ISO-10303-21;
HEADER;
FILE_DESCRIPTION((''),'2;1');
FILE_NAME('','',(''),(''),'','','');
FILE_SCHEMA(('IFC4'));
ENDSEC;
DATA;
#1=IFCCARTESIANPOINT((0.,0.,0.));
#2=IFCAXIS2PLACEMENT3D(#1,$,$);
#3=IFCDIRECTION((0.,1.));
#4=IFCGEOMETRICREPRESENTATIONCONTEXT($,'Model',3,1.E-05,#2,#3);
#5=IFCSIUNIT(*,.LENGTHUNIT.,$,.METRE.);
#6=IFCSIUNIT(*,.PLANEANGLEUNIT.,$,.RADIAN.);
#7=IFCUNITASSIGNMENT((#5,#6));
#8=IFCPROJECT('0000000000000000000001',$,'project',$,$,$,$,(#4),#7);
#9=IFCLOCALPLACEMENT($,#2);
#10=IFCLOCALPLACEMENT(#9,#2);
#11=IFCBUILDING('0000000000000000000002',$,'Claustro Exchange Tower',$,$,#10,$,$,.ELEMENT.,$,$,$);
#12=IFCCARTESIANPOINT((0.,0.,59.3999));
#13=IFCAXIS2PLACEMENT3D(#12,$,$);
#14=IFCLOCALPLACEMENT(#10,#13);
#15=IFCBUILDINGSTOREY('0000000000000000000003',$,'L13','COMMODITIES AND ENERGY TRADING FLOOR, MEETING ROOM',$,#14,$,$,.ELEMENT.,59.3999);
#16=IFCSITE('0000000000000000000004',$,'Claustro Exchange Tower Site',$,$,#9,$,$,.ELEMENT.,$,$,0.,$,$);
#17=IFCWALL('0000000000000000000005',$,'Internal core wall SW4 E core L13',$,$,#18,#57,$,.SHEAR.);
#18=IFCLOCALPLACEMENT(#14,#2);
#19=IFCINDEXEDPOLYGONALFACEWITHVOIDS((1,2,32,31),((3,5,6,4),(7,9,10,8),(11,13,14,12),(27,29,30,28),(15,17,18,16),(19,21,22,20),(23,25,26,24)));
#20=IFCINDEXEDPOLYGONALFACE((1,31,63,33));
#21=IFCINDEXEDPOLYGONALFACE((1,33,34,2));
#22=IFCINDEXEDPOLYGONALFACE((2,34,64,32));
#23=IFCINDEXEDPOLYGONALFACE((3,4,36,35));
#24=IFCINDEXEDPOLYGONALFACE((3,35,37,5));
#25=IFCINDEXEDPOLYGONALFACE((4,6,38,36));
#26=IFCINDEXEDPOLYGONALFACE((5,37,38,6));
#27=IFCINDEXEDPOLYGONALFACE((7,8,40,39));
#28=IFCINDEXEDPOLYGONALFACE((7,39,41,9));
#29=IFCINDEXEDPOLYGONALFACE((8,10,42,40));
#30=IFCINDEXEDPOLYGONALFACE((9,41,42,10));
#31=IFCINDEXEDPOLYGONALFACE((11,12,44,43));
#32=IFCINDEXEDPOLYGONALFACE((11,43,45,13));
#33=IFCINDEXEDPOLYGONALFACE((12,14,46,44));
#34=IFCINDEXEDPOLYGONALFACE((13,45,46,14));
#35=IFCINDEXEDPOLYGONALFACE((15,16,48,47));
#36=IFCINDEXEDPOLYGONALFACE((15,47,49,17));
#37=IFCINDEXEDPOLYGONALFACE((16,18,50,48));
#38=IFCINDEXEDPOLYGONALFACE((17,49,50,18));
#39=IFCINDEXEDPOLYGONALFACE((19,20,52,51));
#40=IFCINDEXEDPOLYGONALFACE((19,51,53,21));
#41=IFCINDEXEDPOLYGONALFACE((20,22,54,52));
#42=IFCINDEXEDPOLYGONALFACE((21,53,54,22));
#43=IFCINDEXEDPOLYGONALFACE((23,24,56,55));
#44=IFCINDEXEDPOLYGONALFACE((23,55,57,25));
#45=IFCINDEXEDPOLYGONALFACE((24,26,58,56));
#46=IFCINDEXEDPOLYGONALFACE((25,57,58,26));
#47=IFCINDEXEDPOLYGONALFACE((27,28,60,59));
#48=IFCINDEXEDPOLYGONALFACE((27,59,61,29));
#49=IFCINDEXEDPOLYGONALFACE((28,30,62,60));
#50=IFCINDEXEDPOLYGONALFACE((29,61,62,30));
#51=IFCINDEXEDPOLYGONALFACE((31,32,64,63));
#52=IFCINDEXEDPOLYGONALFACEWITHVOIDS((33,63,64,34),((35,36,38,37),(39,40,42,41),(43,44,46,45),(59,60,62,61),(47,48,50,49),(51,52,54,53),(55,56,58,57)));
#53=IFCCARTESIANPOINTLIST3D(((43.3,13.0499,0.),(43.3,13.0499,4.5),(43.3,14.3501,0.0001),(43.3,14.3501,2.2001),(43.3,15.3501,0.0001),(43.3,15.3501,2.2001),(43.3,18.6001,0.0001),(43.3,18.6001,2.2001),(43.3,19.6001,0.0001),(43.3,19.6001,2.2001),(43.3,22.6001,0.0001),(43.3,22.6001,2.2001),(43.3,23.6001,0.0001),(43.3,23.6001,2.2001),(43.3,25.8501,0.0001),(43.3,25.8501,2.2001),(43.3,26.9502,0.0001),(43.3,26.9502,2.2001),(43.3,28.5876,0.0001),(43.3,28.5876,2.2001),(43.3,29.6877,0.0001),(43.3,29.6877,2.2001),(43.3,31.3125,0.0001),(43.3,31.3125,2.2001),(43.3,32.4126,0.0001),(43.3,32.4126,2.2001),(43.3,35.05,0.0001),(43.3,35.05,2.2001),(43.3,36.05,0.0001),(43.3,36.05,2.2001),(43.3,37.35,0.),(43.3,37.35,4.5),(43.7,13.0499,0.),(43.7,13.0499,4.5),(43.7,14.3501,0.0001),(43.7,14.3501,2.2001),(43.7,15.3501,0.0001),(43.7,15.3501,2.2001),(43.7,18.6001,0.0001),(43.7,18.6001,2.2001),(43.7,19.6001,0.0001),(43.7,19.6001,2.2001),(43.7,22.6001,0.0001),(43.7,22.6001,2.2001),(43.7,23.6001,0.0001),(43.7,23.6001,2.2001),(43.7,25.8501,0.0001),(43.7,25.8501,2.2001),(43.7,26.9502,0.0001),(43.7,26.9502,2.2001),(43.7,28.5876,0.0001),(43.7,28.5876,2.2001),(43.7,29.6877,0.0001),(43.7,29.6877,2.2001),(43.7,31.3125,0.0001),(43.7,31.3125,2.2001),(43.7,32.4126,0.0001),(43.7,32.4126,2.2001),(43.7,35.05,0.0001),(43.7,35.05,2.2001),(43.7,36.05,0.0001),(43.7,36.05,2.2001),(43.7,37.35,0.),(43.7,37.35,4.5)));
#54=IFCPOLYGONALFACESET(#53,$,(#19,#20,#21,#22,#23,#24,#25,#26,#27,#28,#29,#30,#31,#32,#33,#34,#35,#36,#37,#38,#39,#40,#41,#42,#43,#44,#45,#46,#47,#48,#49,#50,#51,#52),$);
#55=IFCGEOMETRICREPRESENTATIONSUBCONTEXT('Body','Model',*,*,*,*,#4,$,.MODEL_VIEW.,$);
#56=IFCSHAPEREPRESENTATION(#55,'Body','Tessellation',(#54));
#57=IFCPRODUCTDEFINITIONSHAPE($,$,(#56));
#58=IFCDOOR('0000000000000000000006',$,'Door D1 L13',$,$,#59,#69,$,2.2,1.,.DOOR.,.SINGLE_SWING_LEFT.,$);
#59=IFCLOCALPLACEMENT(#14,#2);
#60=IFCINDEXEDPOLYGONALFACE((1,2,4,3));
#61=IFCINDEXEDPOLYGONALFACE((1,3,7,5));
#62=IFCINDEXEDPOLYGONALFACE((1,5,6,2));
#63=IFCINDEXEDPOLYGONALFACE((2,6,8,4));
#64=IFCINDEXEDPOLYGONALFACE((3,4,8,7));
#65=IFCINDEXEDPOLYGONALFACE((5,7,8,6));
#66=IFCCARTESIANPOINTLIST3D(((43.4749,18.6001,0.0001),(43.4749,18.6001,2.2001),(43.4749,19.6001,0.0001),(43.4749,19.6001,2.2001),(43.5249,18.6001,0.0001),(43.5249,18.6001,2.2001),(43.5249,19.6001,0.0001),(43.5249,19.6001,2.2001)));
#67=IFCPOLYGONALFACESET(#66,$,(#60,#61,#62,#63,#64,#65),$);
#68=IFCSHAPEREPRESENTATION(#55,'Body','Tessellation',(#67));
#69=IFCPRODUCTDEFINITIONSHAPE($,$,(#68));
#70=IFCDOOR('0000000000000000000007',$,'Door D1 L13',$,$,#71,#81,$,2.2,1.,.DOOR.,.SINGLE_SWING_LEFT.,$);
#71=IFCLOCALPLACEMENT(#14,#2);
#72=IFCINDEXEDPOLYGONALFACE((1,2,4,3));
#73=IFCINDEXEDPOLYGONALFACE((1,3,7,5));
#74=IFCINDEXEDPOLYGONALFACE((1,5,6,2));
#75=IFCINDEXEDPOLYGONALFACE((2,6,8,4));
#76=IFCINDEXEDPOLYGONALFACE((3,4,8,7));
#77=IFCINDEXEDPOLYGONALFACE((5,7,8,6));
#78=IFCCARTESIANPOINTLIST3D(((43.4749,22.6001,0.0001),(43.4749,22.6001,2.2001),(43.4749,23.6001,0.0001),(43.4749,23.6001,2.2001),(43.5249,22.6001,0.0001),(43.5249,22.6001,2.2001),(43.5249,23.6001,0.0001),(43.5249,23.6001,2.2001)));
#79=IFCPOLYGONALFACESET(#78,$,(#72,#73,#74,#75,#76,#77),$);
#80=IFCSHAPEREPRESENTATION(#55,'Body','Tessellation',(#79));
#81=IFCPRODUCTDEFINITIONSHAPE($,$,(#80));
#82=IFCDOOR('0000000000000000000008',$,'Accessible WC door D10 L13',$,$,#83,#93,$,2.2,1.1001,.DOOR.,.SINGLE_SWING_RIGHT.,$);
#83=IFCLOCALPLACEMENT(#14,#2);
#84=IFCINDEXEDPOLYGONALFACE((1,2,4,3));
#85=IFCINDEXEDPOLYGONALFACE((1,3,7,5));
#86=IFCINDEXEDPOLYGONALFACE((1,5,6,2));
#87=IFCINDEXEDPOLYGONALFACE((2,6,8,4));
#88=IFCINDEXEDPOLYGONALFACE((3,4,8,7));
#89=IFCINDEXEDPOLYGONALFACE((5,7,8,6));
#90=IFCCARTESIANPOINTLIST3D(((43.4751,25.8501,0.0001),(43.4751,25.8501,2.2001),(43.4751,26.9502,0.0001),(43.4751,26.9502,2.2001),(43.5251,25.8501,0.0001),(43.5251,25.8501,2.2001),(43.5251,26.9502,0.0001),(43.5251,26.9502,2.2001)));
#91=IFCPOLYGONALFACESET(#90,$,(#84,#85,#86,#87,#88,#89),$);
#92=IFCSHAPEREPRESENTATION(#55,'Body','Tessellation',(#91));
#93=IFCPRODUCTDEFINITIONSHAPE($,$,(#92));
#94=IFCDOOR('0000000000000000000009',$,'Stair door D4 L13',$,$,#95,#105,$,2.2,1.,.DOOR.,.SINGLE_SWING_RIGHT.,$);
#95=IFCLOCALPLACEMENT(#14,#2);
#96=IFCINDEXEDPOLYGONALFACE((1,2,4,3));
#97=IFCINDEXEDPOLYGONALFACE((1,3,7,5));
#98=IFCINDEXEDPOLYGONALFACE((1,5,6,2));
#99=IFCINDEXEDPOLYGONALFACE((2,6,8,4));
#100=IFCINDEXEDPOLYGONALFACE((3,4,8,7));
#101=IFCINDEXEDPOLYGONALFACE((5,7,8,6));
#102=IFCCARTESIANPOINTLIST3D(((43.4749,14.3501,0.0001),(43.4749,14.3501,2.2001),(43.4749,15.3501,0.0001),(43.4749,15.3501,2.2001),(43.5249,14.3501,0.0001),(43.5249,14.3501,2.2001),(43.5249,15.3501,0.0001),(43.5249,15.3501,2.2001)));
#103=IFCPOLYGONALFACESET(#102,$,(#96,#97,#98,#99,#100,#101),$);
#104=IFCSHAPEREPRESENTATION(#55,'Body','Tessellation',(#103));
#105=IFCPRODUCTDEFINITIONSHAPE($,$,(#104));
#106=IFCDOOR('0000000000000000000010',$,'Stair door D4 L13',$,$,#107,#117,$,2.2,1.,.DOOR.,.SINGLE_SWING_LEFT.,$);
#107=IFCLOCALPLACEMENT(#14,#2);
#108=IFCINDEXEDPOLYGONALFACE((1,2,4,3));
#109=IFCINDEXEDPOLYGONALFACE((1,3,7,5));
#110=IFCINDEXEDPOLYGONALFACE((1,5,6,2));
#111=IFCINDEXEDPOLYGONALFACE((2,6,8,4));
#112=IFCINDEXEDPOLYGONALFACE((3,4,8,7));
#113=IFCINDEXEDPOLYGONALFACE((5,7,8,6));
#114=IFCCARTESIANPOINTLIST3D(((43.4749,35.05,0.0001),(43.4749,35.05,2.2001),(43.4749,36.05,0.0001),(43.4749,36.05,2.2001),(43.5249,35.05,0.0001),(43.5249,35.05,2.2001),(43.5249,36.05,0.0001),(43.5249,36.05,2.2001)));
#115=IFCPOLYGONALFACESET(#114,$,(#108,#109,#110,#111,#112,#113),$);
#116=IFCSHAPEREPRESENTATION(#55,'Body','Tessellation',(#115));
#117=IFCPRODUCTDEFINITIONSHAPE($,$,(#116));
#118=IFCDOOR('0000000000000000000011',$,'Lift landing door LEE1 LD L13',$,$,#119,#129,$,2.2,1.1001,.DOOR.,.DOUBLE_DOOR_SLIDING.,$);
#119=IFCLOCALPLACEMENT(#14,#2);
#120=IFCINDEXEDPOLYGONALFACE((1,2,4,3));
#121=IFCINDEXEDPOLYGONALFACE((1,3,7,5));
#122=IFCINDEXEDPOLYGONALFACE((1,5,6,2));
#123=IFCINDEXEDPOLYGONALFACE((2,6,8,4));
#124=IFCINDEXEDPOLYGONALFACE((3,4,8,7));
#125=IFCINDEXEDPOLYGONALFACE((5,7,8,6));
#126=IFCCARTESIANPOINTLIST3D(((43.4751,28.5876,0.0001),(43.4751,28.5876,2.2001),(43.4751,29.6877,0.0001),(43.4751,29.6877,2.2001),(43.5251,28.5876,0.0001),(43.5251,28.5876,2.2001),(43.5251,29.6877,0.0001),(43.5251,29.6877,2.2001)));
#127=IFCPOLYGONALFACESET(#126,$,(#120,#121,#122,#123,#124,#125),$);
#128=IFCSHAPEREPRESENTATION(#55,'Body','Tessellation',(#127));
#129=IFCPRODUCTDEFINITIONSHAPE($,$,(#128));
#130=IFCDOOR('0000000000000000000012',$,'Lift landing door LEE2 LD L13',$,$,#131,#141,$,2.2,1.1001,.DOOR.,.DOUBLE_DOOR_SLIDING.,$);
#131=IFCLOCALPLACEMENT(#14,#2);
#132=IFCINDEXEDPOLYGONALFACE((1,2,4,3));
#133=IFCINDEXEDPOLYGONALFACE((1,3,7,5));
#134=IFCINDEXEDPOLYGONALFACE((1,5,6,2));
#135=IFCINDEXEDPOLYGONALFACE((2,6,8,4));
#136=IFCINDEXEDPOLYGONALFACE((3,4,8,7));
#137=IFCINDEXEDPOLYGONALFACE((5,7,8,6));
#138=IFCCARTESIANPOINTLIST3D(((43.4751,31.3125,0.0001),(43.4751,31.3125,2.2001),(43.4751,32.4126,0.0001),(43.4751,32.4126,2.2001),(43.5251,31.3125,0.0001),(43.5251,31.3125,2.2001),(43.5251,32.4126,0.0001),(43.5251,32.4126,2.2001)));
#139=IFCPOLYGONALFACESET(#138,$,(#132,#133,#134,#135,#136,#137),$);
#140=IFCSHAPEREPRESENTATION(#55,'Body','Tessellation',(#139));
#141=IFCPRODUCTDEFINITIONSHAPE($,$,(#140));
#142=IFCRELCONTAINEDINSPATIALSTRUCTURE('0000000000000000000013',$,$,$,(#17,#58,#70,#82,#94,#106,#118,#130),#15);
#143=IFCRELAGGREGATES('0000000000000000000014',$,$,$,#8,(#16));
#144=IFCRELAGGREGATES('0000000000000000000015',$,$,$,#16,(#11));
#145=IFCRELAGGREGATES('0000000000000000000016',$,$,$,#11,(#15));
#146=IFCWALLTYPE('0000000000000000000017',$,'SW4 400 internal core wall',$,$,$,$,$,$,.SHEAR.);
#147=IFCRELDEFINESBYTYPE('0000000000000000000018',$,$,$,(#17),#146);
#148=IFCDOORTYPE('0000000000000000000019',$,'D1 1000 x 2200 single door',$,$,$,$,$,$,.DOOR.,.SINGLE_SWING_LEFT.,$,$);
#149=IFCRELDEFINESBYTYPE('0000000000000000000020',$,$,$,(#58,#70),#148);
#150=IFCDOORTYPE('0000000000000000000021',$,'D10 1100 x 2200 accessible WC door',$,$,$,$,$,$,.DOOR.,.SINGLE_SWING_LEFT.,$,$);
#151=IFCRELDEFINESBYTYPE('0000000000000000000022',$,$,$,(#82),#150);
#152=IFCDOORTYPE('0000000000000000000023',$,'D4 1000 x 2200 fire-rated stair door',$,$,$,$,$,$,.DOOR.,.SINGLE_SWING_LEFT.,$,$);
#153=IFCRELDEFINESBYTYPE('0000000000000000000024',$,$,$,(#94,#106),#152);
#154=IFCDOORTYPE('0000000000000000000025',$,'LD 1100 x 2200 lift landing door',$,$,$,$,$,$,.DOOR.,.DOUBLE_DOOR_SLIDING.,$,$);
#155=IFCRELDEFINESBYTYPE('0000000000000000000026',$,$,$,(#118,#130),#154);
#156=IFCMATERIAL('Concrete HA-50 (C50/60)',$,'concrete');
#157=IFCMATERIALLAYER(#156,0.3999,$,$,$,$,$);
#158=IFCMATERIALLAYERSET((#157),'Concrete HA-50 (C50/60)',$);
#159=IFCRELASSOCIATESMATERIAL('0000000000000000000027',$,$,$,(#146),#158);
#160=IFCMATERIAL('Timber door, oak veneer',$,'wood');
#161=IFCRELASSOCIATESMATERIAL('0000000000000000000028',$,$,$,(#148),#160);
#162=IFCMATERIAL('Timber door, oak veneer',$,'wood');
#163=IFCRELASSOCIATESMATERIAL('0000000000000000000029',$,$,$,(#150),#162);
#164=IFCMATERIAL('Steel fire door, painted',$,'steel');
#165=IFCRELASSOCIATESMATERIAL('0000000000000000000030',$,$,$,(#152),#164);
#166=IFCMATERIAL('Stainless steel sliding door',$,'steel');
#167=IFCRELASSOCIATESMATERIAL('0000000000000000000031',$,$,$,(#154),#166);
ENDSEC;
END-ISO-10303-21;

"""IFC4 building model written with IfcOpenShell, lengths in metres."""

from ifc_helpers import new_model, si_unit, direction, frame, frame_2d, origin, place, context, subcontext, project, spatial, rectangle, extrude, material, layer, layer_set, type_object, element, fill, save


model = new_model("IFC4")

# Units and contexts
model_context = context("Model", 3, precision=1e-05, world=origin(), true_north=direction((0.0, 1.0)))
body_context = subcontext(model_context, "Body", "Model", "MODEL_VIEW")
ifc_project = project(units=[si_unit("LENGTHUNIT", "METRE"), si_unit("PLANEANGLEUNIT", "RADIAN")], contexts=[model_context])

# Site, building, storey
site_placement = place(None, origin())
site = spatial("IfcSite", under=ifc_project, at=site_placement, Name="Claustro Exchange Tower Site", CompositionType="ELEMENT", RefElevation=0.0)
building_placement = place(site_placement, origin())
building = spatial("IfcBuilding", under=site, at=building_placement, Name="Claustro Exchange Tower", CompositionType="ELEMENT")
storey_placement = place(building_placement, frame((0.0, 0.0, 59.3999)))
storey = spatial("IfcBuildingStorey", under=building, at=storey_placement, Name="L13", Description="COMMODITIES AND ENERGY TRADING FLOOR, MEETING ROOM", CompositionType="ELEMENT", Elevation=59.3999)

# Wall, openings, doors
ifc_material_1 = material(Name="Concrete HA-50 (C50/60)", Category="concrete")
ifc_layer_1 = layer(ifc_material_1, 0.3999)
ifc_layer_set_1 = layer_set([ifc_layer_1], Name="Concrete HA-50 (C50/60)")
wall_type_1 = type_object("IfcWallType", Name="SW4 400 internal core wall", PredefinedType="SHEAR", material=ifc_layer_set_1)
wall_1_placement = place(storey_placement, frame((43.5, 13.05, 0.0), z_axis=(0.0, 0.0, 1.0), x_axis=(0.0, 1.0, 0.0)))
wall_1 = element("IfcWall", 1, at=wall_1_placement, inside=storey, type_object=wall_type_1, Name="Internal core wall SW4 E core L13", PredefinedType="SHEAR", context=body_context, shape_type="SweptSolid", body=[
    extrude(rectangle(XDim=24.3, YDim=0.3999, at=frame_2d((12.1499, 0.0))), origin(), (0.0, 0.0, 1.0), 4.5),
])
opening_1_placement = place(wall_1_placement, frame((1.3, 0.0, 0.0)))
opening_1 = element("IfcOpeningElement", 2, at=opening_1_placement, cuts=wall_1, PredefinedType="OPENING", context=body_context, shape_type="SweptSolid", body=[
    extrude(rectangle(XDim=1.0, YDim=2.2, at=frame_2d((0.5, 1.1001))), frame((0.0, 0.21, 0.0), z_axis=(0.0, -1.0, 0.0), x_axis=(1.0, 0.0, 0.0)), (0.0, 0.0, 1.0), 0.4199),
])
opening_2_placement = place(wall_1_placement, frame((22.0, 0.0, 0.0)))
opening_2 = element("IfcOpeningElement", 3, at=opening_2_placement, cuts=wall_1, PredefinedType="OPENING", context=body_context, shape_type="SweptSolid", body=[
    extrude(rectangle(XDim=1.0, YDim=2.2, at=frame_2d((0.5, 1.1001))), frame((0.0, 0.21, 0.0), z_axis=(0.0, -1.0, 0.0), x_axis=(1.0, 0.0, 0.0)), (0.0, 0.0, 1.0), 0.4199),
])
opening_3_placement = place(wall_1_placement, frame((5.55, 0.0, 0.0)))
opening_3 = element("IfcOpeningElement", 4, at=opening_3_placement, cuts=wall_1, PredefinedType="OPENING", context=body_context, shape_type="SweptSolid", body=[
    extrude(rectangle(XDim=1.0, YDim=2.2, at=frame_2d((0.5, 1.1001))), frame((0.0, 0.21, 0.0), z_axis=(0.0, -1.0, 0.0), x_axis=(1.0, 0.0, 0.0)), (0.0, 0.0, 1.0), 0.4199),
])
opening_4_placement = place(wall_1_placement, frame((9.55, 0.0, 0.0)))
opening_4 = element("IfcOpeningElement", 5, at=opening_4_placement, cuts=wall_1, PredefinedType="OPENING", context=body_context, shape_type="SweptSolid", body=[
    extrude(rectangle(XDim=1.0, YDim=2.2, at=frame_2d((0.5, 1.1001))), frame((0.0, 0.21, 0.0), z_axis=(0.0, -1.0, 0.0), x_axis=(1.0, 0.0, 0.0)), (0.0, 0.0, 1.0), 0.4199),
])
opening_5_placement = place(wall_1_placement, frame((12.8, 0.0, 0.0)))
opening_5 = element("IfcOpeningElement", 6, at=opening_5_placement, cuts=wall_1, PredefinedType="OPENING", context=body_context, shape_type="SweptSolid", body=[
    extrude(rectangle(XDim=1.1001, YDim=2.2, at=frame_2d((0.55, 1.1001))), frame((0.0, 0.21, 0.0), z_axis=(0.0, -1.0, 0.0), x_axis=(1.0, 0.0, 0.0)), (0.0, 0.0, 1.0), 0.4199),
])
opening_6_placement = place(wall_1_placement, frame((15.5376, 0.0, 0.0)))
opening_6 = element("IfcOpeningElement", 7, at=opening_6_placement, cuts=wall_1, PredefinedType="OPENING", context=body_context, shape_type="SweptSolid", body=[
    extrude(rectangle(XDim=1.1001, YDim=2.2, at=frame_2d((0.55, 1.1001))), frame((0.0, 0.21, 0.0), z_axis=(0.0, -1.0, 0.0), x_axis=(1.0, 0.0, 0.0)), (0.0, 0.0, 1.0), 0.4199),
])
opening_7_placement = place(wall_1_placement, frame((18.2625, 0.0, 0.0)))
opening_7 = element("IfcOpeningElement", 8, at=opening_7_placement, cuts=wall_1, PredefinedType="OPENING", context=body_context, shape_type="SweptSolid", body=[
    extrude(rectangle(XDim=1.1001, YDim=2.2, at=frame_2d((0.55, 1.1001))), frame((0.0, 0.21, 0.0), z_axis=(0.0, -1.0, 0.0), x_axis=(1.0, 0.0, 0.0)), (0.0, 0.0, 1.0), 0.4199),
])
ifc_material_2 = material(Name="Timber door, oak veneer", Category="wood")
door_type_1 = type_object("IfcDoorType", Name="D1 1000 x 2200 single door", OperationType="SINGLE_SWING_LEFT", PredefinedType="DOOR", material=ifc_material_2)
door_1_placement = place(opening_3_placement, frame((1.0, 0.0, 0.0), z_axis=(0.0, 0.0, 1.0), x_axis=(-1.0, 0.0, 0.0)))
door_1 = element("IfcDoor", 9, at=door_1_placement, inside=storey, type_object=door_type_1, Name="Door D1 L13", OperationType="SINGLE_SWING_LEFT", OverallHeight=2.2, OverallWidth=1.0, PredefinedType="DOOR", context=body_context, shape_type="SweptSolid", body=[
    extrude(rectangle(XDim=1.0, YDim=2.2, at=frame_2d((0.5, 1.1001))), frame((0.0, 0.0249, 0.0), z_axis=(0.0, -1.0, 0.0), x_axis=(1.0, 0.0, 0.0)), (0.0, 0.0, 1.0), 0.05),
])
fill(opening_3, door_1)
door_2_placement = place(opening_4_placement, frame((1.0, 0.0, 0.0), z_axis=(0.0, 0.0, 1.0), x_axis=(-1.0, 0.0, 0.0)))
door_2 = element("IfcDoor", 10, at=door_2_placement, inside=storey, type_object=door_type_1, Name="Door D1 L13", OperationType="SINGLE_SWING_LEFT", OverallHeight=2.2, OverallWidth=1.0, PredefinedType="DOOR", context=body_context, shape_type="SweptSolid", body=[
    extrude(rectangle(XDim=1.0, YDim=2.2, at=frame_2d((0.5, 1.1001))), frame((0.0, 0.0249, 0.0), z_axis=(0.0, -1.0, 0.0), x_axis=(1.0, 0.0, 0.0)), (0.0, 0.0, 1.0), 0.05),
])
fill(opening_4, door_2)
ifc_material_3 = material(Name="Timber door, oak veneer", Category="wood")
door_type_2 = type_object("IfcDoorType", Name="D10 1100 x 2200 accessible WC door", OperationType="SINGLE_SWING_LEFT", PredefinedType="DOOR", material=ifc_material_3)
door_3_placement = place(opening_5_placement, origin())
door_3 = element("IfcDoor", 11, at=door_3_placement, inside=storey, type_object=door_type_2, Name="Accessible WC door D10 L13", OperationType="SINGLE_SWING_RIGHT", OverallHeight=2.2, OverallWidth=1.1001, PredefinedType="DOOR", context=body_context, shape_type="SweptSolid", body=[
    extrude(rectangle(XDim=1.1001, YDim=2.2, at=frame_2d((0.55, 1.1001))), frame((0.0, 0.0249, 0.0), z_axis=(0.0, -1.0, 0.0), x_axis=(1.0, 0.0, 0.0)), (0.0, 0.0, 1.0), 0.05),
])
fill(opening_5, door_3)
ifc_material_4 = material(Name="Steel fire door, painted", Category="steel")
door_type_3 = type_object("IfcDoorType", Name="D4 1000 x 2200 fire-rated stair door", OperationType="SINGLE_SWING_LEFT", PredefinedType="DOOR", material=ifc_material_4)
door_4_placement = place(opening_1_placement, frame((1.0, 0.0, 0.0), z_axis=(0.0, 0.0, 1.0), x_axis=(-1.0, 0.0, 0.0)))
door_4 = element("IfcDoor", 12, at=door_4_placement, inside=storey, type_object=door_type_3, Name="Stair door D4 L13", OperationType="SINGLE_SWING_RIGHT", OverallHeight=2.2, OverallWidth=1.0, PredefinedType="DOOR", context=body_context, shape_type="SweptSolid", body=[
    extrude(rectangle(XDim=1.0, YDim=2.2, at=frame_2d((0.5, 1.1001))), frame((0.0, 0.0249, 0.0), z_axis=(0.0, -1.0, 0.0), x_axis=(1.0, 0.0, 0.0)), (0.0, 0.0, 1.0), 0.05),
])
fill(opening_1, door_4)
door_5_placement = place(opening_2_placement, frame((1.0, 0.0, 0.0), z_axis=(0.0, 0.0, 1.0), x_axis=(-1.0, 0.0, 0.0)))
door_5 = element("IfcDoor", 13, at=door_5_placement, inside=storey, type_object=door_type_3, Name="Stair door D4 L13", OperationType="SINGLE_SWING_LEFT", OverallHeight=2.2, OverallWidth=1.0, PredefinedType="DOOR", context=body_context, shape_type="SweptSolid", body=[
    extrude(rectangle(XDim=1.0, YDim=2.2, at=frame_2d((0.5, 1.1001))), frame((0.0, 0.0249, 0.0), z_axis=(0.0, -1.0, 0.0), x_axis=(1.0, 0.0, 0.0)), (0.0, 0.0, 1.0), 0.05),
])
fill(opening_2, door_5)
ifc_material_5 = material(Name="Stainless steel sliding door", Category="steel")
door_type_4 = type_object("IfcDoorType", Name="LD 1100 x 2200 lift landing door", OperationType="DOUBLE_DOOR_SLIDING", PredefinedType="DOOR", material=ifc_material_5)
door_6_placement = place(opening_6_placement, origin())
door_6 = element("IfcDoor", 14, at=door_6_placement, inside=storey, type_object=door_type_4, Name="Lift landing door LEE1 LD L13", OperationType="DOUBLE_DOOR_SLIDING", OverallHeight=2.2, OverallWidth=1.1001, PredefinedType="DOOR", context=body_context, shape_type="SweptSolid", body=[
    extrude(rectangle(XDim=1.1001, YDim=2.2, at=frame_2d((0.55, 1.1001))), frame((0.0, 0.0249, 0.0), z_axis=(0.0, -1.0, 0.0), x_axis=(1.0, 0.0, 0.0)), (0.0, 0.0, 1.0), 0.05),
])
fill(opening_6, door_6)
door_7_placement = place(opening_7_placement, origin())
door_7 = element("IfcDoor", 15, at=door_7_placement, inside=storey, type_object=door_type_4, Name="Lift landing door LEE2 LD L13", OperationType="DOUBLE_DOOR_SLIDING", OverallHeight=2.2, OverallWidth=1.1001, PredefinedType="DOOR", context=body_context, shape_type="SweptSolid", body=[
    extrude(rectangle(XDim=1.1001, YDim=2.2, at=frame_2d((0.55, 1.1001))), frame((0.0, 0.0249, 0.0), z_axis=(0.0, -1.0, 0.0), x_axis=(1.0, 0.0, 0.0)), (0.0, 0.0, 1.0), 0.05),
])
fill(opening_7, door_7)

save(model, "model.ifc")
